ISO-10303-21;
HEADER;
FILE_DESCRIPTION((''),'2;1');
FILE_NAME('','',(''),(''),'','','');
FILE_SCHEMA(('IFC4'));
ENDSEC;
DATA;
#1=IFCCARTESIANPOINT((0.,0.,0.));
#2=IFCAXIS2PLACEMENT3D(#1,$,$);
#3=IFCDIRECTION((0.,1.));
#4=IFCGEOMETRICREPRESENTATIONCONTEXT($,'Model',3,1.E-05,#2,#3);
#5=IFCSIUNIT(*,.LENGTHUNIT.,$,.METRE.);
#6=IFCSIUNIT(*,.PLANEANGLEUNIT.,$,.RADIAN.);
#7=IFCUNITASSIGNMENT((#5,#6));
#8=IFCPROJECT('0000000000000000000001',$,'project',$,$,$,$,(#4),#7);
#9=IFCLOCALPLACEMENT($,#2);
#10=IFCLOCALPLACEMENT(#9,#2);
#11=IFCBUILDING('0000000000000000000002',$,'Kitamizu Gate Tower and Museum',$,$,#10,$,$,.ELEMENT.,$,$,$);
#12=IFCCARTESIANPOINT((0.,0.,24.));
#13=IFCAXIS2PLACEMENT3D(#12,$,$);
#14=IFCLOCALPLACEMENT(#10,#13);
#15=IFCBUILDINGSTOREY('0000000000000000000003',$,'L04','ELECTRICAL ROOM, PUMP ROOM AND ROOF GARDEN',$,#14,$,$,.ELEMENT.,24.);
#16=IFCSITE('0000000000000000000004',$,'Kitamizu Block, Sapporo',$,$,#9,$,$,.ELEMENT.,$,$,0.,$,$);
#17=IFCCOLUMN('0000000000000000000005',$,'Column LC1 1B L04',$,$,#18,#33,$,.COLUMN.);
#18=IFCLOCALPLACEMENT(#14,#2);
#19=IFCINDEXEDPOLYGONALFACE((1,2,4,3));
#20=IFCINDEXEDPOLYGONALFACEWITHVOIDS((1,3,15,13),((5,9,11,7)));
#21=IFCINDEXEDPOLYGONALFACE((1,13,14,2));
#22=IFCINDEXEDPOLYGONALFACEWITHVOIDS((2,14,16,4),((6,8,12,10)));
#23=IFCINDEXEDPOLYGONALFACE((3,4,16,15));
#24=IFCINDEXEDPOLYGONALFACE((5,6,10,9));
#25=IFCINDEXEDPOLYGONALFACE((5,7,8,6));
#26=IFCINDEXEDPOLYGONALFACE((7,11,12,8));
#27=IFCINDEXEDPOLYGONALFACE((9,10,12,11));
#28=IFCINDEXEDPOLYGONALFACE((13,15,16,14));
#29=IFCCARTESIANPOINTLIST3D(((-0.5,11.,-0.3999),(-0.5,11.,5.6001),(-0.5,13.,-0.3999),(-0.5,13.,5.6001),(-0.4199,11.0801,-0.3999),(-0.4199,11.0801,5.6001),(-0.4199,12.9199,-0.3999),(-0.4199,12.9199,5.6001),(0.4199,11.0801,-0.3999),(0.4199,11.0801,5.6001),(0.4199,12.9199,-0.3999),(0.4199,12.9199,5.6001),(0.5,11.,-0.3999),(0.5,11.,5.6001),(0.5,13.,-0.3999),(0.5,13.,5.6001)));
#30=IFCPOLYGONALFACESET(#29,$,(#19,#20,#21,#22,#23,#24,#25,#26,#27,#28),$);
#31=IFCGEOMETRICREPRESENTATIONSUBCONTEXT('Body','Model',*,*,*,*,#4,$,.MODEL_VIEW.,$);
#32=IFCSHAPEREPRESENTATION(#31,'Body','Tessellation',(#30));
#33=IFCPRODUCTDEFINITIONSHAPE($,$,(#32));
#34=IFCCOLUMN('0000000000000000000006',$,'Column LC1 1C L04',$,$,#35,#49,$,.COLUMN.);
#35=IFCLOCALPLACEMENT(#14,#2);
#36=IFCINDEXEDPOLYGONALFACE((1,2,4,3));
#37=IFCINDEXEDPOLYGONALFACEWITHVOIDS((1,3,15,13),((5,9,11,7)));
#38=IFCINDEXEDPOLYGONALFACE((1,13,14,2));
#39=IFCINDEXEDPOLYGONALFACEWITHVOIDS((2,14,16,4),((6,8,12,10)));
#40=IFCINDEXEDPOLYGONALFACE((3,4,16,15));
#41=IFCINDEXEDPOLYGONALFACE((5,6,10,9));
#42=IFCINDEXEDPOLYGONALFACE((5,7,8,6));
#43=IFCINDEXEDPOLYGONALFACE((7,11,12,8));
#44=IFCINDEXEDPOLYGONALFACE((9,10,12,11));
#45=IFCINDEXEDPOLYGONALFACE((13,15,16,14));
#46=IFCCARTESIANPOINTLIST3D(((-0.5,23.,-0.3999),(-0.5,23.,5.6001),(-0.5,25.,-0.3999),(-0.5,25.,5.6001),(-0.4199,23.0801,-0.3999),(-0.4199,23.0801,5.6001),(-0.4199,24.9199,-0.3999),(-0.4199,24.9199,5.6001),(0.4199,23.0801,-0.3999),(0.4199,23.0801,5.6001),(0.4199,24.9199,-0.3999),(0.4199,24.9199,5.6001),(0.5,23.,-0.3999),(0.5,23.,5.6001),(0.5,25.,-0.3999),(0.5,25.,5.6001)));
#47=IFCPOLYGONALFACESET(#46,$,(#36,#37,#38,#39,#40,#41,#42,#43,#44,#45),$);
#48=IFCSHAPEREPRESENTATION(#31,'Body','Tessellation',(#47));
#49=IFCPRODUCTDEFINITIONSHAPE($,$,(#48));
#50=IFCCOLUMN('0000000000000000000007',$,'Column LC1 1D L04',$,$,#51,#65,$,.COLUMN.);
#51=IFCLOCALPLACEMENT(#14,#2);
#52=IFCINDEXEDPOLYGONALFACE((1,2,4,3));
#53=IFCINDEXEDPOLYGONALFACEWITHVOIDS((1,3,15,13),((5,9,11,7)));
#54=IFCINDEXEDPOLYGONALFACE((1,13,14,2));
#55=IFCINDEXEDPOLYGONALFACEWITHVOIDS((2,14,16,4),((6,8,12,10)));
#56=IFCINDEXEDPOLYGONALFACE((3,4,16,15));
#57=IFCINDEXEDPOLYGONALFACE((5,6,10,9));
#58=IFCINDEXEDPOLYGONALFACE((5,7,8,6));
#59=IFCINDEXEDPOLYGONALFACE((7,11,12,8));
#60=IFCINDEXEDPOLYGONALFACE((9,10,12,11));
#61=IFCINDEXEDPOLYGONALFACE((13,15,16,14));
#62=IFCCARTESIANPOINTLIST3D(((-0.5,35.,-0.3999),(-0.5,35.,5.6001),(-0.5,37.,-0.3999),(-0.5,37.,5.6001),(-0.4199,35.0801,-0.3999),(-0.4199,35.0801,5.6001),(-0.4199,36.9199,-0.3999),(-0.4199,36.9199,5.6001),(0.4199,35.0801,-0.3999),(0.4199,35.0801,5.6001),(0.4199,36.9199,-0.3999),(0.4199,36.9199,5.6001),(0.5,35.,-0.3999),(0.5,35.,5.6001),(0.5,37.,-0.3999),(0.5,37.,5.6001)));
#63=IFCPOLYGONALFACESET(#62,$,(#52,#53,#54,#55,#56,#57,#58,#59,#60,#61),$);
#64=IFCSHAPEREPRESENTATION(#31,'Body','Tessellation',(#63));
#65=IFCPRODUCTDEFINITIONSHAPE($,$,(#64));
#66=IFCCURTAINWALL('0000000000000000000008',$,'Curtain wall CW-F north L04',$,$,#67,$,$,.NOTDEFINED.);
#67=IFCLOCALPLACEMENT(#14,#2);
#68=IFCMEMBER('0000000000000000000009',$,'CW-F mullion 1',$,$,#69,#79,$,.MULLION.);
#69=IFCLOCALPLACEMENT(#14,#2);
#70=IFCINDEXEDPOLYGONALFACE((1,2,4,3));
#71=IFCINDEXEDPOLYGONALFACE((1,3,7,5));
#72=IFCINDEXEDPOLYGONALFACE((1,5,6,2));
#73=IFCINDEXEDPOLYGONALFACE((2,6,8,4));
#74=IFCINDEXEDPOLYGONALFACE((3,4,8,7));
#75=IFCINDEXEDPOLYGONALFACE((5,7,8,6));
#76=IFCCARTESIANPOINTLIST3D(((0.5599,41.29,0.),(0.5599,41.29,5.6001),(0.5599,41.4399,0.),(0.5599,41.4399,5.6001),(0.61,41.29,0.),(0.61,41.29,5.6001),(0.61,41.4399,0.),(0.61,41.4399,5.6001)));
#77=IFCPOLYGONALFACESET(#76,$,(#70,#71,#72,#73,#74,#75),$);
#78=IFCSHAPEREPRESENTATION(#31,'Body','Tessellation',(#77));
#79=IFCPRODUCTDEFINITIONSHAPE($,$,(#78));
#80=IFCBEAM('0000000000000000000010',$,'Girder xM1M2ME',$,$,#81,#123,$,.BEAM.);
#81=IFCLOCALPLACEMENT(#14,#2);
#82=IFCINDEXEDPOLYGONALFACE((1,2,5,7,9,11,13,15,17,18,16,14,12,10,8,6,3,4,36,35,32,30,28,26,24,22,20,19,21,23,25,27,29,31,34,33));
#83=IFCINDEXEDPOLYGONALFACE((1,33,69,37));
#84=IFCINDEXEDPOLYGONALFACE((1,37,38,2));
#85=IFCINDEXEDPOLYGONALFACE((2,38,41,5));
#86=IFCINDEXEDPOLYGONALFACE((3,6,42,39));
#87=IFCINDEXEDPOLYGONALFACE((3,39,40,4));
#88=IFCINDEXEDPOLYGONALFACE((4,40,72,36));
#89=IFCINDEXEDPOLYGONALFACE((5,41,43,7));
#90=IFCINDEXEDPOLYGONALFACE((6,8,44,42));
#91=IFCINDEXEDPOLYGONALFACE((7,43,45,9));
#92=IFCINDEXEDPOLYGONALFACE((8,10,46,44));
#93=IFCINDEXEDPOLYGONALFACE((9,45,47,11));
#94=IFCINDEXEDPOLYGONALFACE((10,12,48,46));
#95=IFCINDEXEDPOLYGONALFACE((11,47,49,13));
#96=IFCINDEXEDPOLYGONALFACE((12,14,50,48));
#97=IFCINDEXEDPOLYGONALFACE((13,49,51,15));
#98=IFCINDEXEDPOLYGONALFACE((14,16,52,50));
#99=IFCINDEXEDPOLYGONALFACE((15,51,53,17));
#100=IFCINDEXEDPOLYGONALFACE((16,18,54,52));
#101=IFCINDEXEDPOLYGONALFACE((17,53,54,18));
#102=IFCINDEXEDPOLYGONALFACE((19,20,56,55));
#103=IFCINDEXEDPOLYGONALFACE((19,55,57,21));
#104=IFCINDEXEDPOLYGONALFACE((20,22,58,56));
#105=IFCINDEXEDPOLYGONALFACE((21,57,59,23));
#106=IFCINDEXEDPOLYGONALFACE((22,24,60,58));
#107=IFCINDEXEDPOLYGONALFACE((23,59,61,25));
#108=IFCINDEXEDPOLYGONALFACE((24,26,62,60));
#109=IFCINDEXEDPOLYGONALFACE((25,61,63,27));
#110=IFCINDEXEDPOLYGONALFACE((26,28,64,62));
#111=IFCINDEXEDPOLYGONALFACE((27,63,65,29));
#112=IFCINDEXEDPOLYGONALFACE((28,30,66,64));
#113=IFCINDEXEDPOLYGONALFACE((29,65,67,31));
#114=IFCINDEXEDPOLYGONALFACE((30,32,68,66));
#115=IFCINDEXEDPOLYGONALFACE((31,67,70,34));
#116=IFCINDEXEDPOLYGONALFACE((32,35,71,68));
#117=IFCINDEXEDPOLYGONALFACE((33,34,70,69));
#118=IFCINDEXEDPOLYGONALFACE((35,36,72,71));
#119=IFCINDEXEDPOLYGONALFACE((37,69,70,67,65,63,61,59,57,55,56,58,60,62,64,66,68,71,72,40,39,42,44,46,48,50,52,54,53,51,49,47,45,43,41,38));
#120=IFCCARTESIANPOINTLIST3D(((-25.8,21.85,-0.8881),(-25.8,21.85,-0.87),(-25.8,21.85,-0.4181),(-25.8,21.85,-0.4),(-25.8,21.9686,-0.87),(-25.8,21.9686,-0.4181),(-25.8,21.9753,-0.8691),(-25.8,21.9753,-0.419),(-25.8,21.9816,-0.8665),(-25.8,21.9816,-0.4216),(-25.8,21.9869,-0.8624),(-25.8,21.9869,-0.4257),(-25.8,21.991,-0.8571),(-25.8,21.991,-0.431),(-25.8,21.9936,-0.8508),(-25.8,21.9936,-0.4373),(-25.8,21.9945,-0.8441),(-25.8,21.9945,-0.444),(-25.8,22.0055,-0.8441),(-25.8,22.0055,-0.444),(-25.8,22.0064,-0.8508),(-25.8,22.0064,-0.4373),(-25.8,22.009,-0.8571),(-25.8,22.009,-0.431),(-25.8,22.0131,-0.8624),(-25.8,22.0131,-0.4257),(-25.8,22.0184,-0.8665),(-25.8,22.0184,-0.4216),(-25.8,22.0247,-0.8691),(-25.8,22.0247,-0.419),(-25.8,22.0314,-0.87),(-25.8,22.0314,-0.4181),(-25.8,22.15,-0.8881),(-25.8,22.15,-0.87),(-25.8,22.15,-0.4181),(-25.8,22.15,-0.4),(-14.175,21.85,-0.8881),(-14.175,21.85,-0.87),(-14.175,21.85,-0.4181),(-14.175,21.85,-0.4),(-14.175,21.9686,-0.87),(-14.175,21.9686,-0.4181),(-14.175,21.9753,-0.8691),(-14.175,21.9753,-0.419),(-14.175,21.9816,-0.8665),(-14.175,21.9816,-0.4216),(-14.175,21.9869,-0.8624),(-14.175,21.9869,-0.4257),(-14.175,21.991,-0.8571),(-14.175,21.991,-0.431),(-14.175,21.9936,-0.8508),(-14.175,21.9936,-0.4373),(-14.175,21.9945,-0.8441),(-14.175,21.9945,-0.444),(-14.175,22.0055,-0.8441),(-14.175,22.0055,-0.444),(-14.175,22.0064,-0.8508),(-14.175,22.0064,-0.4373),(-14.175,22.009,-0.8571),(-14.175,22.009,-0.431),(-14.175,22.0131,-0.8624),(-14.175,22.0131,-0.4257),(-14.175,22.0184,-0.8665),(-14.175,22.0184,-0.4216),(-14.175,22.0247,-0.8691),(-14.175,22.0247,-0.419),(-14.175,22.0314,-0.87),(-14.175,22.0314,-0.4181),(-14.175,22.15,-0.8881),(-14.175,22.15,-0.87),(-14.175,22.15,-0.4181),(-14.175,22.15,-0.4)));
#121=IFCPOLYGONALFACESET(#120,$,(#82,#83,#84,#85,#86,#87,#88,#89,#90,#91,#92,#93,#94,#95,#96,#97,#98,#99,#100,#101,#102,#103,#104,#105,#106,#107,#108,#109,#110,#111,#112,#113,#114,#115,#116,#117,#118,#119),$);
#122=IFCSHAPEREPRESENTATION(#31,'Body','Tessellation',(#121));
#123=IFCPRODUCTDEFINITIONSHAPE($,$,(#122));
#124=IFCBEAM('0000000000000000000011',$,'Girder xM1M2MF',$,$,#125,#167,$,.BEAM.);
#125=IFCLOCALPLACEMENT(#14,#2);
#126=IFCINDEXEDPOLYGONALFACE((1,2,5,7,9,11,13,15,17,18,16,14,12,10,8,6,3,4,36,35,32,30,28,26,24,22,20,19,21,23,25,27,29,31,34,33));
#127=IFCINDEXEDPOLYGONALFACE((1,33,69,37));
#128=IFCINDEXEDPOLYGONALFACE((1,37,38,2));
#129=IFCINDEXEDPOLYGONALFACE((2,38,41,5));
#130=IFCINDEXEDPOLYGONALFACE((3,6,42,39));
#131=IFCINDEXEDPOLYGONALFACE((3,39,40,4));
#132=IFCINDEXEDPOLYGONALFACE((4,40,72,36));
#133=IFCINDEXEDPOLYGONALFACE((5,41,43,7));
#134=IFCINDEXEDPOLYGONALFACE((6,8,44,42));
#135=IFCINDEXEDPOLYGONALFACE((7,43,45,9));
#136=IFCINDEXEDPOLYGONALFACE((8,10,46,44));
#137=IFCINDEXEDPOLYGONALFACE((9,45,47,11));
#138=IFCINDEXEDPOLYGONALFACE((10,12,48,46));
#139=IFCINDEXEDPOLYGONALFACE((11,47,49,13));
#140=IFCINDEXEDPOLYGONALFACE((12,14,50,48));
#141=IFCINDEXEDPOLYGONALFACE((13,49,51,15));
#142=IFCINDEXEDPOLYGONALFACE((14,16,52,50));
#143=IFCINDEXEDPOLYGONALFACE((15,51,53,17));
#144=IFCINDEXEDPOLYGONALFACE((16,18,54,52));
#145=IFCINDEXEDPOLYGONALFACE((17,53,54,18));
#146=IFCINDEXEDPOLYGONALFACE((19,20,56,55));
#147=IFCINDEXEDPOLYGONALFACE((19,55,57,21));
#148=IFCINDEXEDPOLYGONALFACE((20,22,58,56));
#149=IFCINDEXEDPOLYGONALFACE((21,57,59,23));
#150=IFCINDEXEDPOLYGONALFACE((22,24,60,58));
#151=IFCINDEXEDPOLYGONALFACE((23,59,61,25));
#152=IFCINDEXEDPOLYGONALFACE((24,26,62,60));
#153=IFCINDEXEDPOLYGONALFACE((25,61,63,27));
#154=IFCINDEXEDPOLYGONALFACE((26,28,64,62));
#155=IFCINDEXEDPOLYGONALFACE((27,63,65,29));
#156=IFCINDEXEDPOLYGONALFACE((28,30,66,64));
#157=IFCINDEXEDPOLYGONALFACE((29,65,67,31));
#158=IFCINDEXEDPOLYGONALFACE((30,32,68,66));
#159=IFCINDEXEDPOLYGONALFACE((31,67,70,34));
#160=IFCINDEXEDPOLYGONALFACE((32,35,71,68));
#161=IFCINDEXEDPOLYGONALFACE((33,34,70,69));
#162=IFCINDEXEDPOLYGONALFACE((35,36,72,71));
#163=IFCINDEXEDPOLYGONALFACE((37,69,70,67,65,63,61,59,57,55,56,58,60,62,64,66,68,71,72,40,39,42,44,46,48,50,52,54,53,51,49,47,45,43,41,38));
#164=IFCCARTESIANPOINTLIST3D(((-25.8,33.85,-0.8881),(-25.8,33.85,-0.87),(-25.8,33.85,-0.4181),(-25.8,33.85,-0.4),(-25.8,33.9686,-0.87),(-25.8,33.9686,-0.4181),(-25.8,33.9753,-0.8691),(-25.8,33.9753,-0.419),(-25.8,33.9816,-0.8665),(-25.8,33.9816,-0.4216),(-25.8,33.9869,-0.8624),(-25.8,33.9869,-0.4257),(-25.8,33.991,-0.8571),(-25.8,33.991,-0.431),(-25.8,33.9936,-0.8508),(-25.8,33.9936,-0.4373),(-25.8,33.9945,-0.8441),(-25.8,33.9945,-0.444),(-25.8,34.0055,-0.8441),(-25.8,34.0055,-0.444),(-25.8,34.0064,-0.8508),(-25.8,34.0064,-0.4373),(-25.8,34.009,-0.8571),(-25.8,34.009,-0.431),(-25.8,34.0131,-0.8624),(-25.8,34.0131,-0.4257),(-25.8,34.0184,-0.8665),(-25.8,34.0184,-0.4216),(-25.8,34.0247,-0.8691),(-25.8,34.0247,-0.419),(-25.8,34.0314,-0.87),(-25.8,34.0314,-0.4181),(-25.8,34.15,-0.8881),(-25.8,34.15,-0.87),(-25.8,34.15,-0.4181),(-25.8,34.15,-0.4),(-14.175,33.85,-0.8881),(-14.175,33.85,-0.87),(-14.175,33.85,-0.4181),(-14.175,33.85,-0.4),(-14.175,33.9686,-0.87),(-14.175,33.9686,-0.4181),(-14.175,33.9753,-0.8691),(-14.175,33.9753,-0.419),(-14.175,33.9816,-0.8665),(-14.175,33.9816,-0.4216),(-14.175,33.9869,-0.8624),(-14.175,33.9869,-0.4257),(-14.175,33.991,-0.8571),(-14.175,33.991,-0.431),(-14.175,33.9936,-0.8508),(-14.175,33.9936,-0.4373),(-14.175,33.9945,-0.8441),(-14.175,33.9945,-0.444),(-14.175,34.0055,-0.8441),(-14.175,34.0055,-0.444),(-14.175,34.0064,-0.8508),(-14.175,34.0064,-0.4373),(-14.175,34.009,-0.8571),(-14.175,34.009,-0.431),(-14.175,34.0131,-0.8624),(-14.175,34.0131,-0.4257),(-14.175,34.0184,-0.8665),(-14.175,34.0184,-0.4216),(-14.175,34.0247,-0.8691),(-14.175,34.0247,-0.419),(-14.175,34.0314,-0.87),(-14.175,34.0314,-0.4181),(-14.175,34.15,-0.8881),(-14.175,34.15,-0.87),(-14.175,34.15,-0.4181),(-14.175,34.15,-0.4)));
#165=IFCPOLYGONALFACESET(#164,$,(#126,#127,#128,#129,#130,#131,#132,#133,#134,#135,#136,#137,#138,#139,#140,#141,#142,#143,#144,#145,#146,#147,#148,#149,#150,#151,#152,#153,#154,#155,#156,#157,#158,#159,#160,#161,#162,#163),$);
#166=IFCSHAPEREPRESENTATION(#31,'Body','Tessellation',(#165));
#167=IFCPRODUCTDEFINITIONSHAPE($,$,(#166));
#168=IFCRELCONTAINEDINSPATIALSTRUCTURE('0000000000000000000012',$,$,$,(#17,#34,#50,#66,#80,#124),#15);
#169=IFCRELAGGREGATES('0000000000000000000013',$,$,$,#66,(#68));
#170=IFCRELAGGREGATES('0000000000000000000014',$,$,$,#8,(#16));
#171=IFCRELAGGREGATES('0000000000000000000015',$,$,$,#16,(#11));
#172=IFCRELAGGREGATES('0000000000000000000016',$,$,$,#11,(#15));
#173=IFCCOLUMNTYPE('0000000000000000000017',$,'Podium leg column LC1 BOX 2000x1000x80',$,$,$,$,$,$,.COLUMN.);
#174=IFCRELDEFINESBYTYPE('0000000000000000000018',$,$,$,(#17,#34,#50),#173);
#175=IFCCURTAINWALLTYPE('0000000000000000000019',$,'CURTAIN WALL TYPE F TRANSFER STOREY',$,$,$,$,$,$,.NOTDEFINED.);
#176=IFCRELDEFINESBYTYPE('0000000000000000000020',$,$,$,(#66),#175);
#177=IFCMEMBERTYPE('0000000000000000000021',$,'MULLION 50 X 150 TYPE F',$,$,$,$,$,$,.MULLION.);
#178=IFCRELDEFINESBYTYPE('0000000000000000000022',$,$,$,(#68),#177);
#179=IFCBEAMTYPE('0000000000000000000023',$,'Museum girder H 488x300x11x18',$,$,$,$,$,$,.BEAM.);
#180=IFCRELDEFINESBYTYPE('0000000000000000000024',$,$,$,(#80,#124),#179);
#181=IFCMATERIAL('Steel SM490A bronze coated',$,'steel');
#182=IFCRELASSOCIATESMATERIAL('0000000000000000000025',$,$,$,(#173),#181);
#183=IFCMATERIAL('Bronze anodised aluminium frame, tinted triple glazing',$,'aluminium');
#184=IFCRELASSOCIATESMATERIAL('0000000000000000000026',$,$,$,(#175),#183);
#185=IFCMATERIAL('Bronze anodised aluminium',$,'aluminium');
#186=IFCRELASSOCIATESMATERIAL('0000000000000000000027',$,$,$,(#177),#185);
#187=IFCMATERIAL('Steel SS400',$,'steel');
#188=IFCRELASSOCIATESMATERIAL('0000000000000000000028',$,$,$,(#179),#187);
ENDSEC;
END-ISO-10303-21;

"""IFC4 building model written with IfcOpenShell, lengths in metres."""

from ifc_helpers import new_model, si_unit, direction, frame, origin, origin_2d, place, context, subcontext, project, spatial, rectangle, hollow_rectangle, i_section, extrude, material, material_profile, profile_set, type_object, element, aggregate, save


model = new_model("IFC4")

# Units and contexts
model_context = context("Model", 3, precision=1e-05, world=origin(), true_north=direction((0.0, 1.0)))
body_context = subcontext(model_context, "Body", "Model", "MODEL_VIEW")
ifc_project = project(units=[si_unit("LENGTHUNIT", "METRE"), si_unit("PLANEANGLEUNIT", "RADIAN")], contexts=[model_context])

# Site, building, storey
site_placement = place(None, origin())
site = spatial("IfcSite", under=ifc_project, at=site_placement, Name="Kitamizu Block, Sapporo", CompositionType="ELEMENT", RefElevation=0.0)
building_placement = place(site_placement, origin())
building = spatial("IfcBuilding", under=site, at=building_placement, Name="Kitamizu Gate Tower and Museum", CompositionType="ELEMENT")
storey_placement = place(building_placement, frame((0.0, 0.0, 24.0)))
storey = spatial("IfcBuildingStorey", under=building, at=storey_placement, Name="L04", Description="ELECTRICAL ROOM, PUMP ROOM AND ROOF GARDEN", CompositionType="ELEMENT", Elevation=24.0)

# Columns
ifc_material_1 = material(Name="Steel SM490A bronze coated", Category="steel")
ifc_material_profile_1 = material_profile(ifc_material_1, hollow_rectangle(XDim=2.0, YDim=1.0, WallThickness=0.0801, at=origin_2d()), Name="BOX 2000x1000x80")
ifc_profile_set_1 = profile_set([ifc_material_profile_1], Name="Steel SM490A bronze coated")
column_type = type_object("IfcColumnType", Name="Podium leg column LC1 BOX 2000x1000x80", PredefinedType="COLUMN", material=ifc_profile_set_1)
for number, where, z_axis, x_axis, name in (
    (1, (0.0, 12.0, -0.3999), (0.0, 0.0, 1.0), (0.0, 1.0, 0.0), "Column LC1 1B L04"),
    (2, (0.0, 24.0, -0.3999), (0.0, 0.0, 1.0), (0.0, 1.0, 0.0), "Column LC1 1C L04"),
    (3, (0.0, 36.0, -0.3999), (0.0, 0.0, 1.0), (0.0, 1.0, 0.0), "Column LC1 1D L04"),
):
    element("IfcColumn", number, at=place(storey_placement, frame(where, z_axis=z_axis, x_axis=x_axis)), inside=storey, type_object=column_type, Name=name, PredefinedType="COLUMN", context=body_context, shape_type="SweptSolid", body=[
        extrude(hollow_rectangle(XDim=2.0, YDim=1.0, WallThickness=0.0801, at=origin_2d()), origin(), (0.0, 0.0, 1.0), 6.0),
    ])

# Curtain wall, member
ifc_material_2 = material(Name="Bronze anodised aluminium frame, tinted triple glazing", Category="aluminium")
curtain_wall_type = type_object("IfcCurtainWallType", Name="CURTAIN WALL TYPE F TRANSFER STOREY", PredefinedType="NOTDEFINED", material=ifc_material_2)
curtain_wall_placement = place(storey_placement, origin())
curtain_wall = element("IfcCurtainWall", 4, at=curtain_wall_placement, inside=storey, type_object=curtain_wall_type, Name="Curtain wall CW-F north L04", PredefinedType="NOTDEFINED")
ifc_material_3 = material(Name="Bronze anodised aluminium", Category="aluminium")
ifc_material_profile_2 = material_profile(ifc_material_3, rectangle(XDim=0.05, YDim=0.1499, at=origin_2d()), Name="AL 50X150")
ifc_profile_set_2 = profile_set([ifc_material_profile_2], Name="Bronze anodised aluminium")
member_type_1 = type_object("IfcMemberType", Name="MULLION 50 X 150 TYPE F", PredefinedType="MULLION", material=ifc_profile_set_2)
member_1_placement = place(storey_placement, frame((0.585, 41.365, 0.0), z_axis=(0.0, 0.0, 1.0), x_axis=(1.0, 0.0, 0.0)))
member_1 = element("IfcMember", 5, at=member_1_placement, type_object=member_type_1, Name="CW-F mullion 1", PredefinedType="MULLION", context=body_context, shape_type="SweptSolid", body=[
    extrude(rectangle(XDim=0.05, YDim=0.1499, at=origin_2d()), origin(), (0.0, 0.0, 1.0), 5.6001),
])

# Beams
ifc_material_4 = material(Name="Steel SS400", Category="steel")
ifc_material_profile_3 = material_profile(ifc_material_4, i_section(OverallWidth=0.3, OverallDepth=0.488, WebThickness=0.011, FlangeThickness=0.0181, FilletRadius=0.0259, at=origin_2d()), Name="H-488x300x11x18")
ifc_profile_set_3 = profile_set([ifc_material_profile_3], Name="Steel SS400")
beam_type_1 = type_object("IfcBeamType", Name="Museum girder H 488x300x11x18", PredefinedType="BEAM", material=ifc_profile_set_3)
for number, where, z_axis, x_axis, name in (
    (6, (-25.8, 22.0, -0.644), (1.0, 0.0, 0.0), (0.0, 1.0, 0.0), "Girder xM1M2ME"),
    (7, (-25.8, 34.0, -0.644), (1.0, 0.0, 0.0), (0.0, 1.0, 0.0), "Girder xM1M2MF"),
):
    element("IfcBeam", number, at=place(storey_placement, frame(where, z_axis=z_axis, x_axis=x_axis)), inside=storey, type_object=beam_type_1, Name=name, PredefinedType="BEAM", context=body_context, shape_type="SweptSolid", body=[
        extrude(i_section(OverallWidth=0.3, OverallDepth=0.488, WebThickness=0.011, FlangeThickness=0.0181, FilletRadius=0.0259, at=origin_2d()), origin(), (0.0, 0.0, 1.0), 11.625),
    ])

aggregate(curtain_wall, [member_1])

save(model, "model.ifc")
